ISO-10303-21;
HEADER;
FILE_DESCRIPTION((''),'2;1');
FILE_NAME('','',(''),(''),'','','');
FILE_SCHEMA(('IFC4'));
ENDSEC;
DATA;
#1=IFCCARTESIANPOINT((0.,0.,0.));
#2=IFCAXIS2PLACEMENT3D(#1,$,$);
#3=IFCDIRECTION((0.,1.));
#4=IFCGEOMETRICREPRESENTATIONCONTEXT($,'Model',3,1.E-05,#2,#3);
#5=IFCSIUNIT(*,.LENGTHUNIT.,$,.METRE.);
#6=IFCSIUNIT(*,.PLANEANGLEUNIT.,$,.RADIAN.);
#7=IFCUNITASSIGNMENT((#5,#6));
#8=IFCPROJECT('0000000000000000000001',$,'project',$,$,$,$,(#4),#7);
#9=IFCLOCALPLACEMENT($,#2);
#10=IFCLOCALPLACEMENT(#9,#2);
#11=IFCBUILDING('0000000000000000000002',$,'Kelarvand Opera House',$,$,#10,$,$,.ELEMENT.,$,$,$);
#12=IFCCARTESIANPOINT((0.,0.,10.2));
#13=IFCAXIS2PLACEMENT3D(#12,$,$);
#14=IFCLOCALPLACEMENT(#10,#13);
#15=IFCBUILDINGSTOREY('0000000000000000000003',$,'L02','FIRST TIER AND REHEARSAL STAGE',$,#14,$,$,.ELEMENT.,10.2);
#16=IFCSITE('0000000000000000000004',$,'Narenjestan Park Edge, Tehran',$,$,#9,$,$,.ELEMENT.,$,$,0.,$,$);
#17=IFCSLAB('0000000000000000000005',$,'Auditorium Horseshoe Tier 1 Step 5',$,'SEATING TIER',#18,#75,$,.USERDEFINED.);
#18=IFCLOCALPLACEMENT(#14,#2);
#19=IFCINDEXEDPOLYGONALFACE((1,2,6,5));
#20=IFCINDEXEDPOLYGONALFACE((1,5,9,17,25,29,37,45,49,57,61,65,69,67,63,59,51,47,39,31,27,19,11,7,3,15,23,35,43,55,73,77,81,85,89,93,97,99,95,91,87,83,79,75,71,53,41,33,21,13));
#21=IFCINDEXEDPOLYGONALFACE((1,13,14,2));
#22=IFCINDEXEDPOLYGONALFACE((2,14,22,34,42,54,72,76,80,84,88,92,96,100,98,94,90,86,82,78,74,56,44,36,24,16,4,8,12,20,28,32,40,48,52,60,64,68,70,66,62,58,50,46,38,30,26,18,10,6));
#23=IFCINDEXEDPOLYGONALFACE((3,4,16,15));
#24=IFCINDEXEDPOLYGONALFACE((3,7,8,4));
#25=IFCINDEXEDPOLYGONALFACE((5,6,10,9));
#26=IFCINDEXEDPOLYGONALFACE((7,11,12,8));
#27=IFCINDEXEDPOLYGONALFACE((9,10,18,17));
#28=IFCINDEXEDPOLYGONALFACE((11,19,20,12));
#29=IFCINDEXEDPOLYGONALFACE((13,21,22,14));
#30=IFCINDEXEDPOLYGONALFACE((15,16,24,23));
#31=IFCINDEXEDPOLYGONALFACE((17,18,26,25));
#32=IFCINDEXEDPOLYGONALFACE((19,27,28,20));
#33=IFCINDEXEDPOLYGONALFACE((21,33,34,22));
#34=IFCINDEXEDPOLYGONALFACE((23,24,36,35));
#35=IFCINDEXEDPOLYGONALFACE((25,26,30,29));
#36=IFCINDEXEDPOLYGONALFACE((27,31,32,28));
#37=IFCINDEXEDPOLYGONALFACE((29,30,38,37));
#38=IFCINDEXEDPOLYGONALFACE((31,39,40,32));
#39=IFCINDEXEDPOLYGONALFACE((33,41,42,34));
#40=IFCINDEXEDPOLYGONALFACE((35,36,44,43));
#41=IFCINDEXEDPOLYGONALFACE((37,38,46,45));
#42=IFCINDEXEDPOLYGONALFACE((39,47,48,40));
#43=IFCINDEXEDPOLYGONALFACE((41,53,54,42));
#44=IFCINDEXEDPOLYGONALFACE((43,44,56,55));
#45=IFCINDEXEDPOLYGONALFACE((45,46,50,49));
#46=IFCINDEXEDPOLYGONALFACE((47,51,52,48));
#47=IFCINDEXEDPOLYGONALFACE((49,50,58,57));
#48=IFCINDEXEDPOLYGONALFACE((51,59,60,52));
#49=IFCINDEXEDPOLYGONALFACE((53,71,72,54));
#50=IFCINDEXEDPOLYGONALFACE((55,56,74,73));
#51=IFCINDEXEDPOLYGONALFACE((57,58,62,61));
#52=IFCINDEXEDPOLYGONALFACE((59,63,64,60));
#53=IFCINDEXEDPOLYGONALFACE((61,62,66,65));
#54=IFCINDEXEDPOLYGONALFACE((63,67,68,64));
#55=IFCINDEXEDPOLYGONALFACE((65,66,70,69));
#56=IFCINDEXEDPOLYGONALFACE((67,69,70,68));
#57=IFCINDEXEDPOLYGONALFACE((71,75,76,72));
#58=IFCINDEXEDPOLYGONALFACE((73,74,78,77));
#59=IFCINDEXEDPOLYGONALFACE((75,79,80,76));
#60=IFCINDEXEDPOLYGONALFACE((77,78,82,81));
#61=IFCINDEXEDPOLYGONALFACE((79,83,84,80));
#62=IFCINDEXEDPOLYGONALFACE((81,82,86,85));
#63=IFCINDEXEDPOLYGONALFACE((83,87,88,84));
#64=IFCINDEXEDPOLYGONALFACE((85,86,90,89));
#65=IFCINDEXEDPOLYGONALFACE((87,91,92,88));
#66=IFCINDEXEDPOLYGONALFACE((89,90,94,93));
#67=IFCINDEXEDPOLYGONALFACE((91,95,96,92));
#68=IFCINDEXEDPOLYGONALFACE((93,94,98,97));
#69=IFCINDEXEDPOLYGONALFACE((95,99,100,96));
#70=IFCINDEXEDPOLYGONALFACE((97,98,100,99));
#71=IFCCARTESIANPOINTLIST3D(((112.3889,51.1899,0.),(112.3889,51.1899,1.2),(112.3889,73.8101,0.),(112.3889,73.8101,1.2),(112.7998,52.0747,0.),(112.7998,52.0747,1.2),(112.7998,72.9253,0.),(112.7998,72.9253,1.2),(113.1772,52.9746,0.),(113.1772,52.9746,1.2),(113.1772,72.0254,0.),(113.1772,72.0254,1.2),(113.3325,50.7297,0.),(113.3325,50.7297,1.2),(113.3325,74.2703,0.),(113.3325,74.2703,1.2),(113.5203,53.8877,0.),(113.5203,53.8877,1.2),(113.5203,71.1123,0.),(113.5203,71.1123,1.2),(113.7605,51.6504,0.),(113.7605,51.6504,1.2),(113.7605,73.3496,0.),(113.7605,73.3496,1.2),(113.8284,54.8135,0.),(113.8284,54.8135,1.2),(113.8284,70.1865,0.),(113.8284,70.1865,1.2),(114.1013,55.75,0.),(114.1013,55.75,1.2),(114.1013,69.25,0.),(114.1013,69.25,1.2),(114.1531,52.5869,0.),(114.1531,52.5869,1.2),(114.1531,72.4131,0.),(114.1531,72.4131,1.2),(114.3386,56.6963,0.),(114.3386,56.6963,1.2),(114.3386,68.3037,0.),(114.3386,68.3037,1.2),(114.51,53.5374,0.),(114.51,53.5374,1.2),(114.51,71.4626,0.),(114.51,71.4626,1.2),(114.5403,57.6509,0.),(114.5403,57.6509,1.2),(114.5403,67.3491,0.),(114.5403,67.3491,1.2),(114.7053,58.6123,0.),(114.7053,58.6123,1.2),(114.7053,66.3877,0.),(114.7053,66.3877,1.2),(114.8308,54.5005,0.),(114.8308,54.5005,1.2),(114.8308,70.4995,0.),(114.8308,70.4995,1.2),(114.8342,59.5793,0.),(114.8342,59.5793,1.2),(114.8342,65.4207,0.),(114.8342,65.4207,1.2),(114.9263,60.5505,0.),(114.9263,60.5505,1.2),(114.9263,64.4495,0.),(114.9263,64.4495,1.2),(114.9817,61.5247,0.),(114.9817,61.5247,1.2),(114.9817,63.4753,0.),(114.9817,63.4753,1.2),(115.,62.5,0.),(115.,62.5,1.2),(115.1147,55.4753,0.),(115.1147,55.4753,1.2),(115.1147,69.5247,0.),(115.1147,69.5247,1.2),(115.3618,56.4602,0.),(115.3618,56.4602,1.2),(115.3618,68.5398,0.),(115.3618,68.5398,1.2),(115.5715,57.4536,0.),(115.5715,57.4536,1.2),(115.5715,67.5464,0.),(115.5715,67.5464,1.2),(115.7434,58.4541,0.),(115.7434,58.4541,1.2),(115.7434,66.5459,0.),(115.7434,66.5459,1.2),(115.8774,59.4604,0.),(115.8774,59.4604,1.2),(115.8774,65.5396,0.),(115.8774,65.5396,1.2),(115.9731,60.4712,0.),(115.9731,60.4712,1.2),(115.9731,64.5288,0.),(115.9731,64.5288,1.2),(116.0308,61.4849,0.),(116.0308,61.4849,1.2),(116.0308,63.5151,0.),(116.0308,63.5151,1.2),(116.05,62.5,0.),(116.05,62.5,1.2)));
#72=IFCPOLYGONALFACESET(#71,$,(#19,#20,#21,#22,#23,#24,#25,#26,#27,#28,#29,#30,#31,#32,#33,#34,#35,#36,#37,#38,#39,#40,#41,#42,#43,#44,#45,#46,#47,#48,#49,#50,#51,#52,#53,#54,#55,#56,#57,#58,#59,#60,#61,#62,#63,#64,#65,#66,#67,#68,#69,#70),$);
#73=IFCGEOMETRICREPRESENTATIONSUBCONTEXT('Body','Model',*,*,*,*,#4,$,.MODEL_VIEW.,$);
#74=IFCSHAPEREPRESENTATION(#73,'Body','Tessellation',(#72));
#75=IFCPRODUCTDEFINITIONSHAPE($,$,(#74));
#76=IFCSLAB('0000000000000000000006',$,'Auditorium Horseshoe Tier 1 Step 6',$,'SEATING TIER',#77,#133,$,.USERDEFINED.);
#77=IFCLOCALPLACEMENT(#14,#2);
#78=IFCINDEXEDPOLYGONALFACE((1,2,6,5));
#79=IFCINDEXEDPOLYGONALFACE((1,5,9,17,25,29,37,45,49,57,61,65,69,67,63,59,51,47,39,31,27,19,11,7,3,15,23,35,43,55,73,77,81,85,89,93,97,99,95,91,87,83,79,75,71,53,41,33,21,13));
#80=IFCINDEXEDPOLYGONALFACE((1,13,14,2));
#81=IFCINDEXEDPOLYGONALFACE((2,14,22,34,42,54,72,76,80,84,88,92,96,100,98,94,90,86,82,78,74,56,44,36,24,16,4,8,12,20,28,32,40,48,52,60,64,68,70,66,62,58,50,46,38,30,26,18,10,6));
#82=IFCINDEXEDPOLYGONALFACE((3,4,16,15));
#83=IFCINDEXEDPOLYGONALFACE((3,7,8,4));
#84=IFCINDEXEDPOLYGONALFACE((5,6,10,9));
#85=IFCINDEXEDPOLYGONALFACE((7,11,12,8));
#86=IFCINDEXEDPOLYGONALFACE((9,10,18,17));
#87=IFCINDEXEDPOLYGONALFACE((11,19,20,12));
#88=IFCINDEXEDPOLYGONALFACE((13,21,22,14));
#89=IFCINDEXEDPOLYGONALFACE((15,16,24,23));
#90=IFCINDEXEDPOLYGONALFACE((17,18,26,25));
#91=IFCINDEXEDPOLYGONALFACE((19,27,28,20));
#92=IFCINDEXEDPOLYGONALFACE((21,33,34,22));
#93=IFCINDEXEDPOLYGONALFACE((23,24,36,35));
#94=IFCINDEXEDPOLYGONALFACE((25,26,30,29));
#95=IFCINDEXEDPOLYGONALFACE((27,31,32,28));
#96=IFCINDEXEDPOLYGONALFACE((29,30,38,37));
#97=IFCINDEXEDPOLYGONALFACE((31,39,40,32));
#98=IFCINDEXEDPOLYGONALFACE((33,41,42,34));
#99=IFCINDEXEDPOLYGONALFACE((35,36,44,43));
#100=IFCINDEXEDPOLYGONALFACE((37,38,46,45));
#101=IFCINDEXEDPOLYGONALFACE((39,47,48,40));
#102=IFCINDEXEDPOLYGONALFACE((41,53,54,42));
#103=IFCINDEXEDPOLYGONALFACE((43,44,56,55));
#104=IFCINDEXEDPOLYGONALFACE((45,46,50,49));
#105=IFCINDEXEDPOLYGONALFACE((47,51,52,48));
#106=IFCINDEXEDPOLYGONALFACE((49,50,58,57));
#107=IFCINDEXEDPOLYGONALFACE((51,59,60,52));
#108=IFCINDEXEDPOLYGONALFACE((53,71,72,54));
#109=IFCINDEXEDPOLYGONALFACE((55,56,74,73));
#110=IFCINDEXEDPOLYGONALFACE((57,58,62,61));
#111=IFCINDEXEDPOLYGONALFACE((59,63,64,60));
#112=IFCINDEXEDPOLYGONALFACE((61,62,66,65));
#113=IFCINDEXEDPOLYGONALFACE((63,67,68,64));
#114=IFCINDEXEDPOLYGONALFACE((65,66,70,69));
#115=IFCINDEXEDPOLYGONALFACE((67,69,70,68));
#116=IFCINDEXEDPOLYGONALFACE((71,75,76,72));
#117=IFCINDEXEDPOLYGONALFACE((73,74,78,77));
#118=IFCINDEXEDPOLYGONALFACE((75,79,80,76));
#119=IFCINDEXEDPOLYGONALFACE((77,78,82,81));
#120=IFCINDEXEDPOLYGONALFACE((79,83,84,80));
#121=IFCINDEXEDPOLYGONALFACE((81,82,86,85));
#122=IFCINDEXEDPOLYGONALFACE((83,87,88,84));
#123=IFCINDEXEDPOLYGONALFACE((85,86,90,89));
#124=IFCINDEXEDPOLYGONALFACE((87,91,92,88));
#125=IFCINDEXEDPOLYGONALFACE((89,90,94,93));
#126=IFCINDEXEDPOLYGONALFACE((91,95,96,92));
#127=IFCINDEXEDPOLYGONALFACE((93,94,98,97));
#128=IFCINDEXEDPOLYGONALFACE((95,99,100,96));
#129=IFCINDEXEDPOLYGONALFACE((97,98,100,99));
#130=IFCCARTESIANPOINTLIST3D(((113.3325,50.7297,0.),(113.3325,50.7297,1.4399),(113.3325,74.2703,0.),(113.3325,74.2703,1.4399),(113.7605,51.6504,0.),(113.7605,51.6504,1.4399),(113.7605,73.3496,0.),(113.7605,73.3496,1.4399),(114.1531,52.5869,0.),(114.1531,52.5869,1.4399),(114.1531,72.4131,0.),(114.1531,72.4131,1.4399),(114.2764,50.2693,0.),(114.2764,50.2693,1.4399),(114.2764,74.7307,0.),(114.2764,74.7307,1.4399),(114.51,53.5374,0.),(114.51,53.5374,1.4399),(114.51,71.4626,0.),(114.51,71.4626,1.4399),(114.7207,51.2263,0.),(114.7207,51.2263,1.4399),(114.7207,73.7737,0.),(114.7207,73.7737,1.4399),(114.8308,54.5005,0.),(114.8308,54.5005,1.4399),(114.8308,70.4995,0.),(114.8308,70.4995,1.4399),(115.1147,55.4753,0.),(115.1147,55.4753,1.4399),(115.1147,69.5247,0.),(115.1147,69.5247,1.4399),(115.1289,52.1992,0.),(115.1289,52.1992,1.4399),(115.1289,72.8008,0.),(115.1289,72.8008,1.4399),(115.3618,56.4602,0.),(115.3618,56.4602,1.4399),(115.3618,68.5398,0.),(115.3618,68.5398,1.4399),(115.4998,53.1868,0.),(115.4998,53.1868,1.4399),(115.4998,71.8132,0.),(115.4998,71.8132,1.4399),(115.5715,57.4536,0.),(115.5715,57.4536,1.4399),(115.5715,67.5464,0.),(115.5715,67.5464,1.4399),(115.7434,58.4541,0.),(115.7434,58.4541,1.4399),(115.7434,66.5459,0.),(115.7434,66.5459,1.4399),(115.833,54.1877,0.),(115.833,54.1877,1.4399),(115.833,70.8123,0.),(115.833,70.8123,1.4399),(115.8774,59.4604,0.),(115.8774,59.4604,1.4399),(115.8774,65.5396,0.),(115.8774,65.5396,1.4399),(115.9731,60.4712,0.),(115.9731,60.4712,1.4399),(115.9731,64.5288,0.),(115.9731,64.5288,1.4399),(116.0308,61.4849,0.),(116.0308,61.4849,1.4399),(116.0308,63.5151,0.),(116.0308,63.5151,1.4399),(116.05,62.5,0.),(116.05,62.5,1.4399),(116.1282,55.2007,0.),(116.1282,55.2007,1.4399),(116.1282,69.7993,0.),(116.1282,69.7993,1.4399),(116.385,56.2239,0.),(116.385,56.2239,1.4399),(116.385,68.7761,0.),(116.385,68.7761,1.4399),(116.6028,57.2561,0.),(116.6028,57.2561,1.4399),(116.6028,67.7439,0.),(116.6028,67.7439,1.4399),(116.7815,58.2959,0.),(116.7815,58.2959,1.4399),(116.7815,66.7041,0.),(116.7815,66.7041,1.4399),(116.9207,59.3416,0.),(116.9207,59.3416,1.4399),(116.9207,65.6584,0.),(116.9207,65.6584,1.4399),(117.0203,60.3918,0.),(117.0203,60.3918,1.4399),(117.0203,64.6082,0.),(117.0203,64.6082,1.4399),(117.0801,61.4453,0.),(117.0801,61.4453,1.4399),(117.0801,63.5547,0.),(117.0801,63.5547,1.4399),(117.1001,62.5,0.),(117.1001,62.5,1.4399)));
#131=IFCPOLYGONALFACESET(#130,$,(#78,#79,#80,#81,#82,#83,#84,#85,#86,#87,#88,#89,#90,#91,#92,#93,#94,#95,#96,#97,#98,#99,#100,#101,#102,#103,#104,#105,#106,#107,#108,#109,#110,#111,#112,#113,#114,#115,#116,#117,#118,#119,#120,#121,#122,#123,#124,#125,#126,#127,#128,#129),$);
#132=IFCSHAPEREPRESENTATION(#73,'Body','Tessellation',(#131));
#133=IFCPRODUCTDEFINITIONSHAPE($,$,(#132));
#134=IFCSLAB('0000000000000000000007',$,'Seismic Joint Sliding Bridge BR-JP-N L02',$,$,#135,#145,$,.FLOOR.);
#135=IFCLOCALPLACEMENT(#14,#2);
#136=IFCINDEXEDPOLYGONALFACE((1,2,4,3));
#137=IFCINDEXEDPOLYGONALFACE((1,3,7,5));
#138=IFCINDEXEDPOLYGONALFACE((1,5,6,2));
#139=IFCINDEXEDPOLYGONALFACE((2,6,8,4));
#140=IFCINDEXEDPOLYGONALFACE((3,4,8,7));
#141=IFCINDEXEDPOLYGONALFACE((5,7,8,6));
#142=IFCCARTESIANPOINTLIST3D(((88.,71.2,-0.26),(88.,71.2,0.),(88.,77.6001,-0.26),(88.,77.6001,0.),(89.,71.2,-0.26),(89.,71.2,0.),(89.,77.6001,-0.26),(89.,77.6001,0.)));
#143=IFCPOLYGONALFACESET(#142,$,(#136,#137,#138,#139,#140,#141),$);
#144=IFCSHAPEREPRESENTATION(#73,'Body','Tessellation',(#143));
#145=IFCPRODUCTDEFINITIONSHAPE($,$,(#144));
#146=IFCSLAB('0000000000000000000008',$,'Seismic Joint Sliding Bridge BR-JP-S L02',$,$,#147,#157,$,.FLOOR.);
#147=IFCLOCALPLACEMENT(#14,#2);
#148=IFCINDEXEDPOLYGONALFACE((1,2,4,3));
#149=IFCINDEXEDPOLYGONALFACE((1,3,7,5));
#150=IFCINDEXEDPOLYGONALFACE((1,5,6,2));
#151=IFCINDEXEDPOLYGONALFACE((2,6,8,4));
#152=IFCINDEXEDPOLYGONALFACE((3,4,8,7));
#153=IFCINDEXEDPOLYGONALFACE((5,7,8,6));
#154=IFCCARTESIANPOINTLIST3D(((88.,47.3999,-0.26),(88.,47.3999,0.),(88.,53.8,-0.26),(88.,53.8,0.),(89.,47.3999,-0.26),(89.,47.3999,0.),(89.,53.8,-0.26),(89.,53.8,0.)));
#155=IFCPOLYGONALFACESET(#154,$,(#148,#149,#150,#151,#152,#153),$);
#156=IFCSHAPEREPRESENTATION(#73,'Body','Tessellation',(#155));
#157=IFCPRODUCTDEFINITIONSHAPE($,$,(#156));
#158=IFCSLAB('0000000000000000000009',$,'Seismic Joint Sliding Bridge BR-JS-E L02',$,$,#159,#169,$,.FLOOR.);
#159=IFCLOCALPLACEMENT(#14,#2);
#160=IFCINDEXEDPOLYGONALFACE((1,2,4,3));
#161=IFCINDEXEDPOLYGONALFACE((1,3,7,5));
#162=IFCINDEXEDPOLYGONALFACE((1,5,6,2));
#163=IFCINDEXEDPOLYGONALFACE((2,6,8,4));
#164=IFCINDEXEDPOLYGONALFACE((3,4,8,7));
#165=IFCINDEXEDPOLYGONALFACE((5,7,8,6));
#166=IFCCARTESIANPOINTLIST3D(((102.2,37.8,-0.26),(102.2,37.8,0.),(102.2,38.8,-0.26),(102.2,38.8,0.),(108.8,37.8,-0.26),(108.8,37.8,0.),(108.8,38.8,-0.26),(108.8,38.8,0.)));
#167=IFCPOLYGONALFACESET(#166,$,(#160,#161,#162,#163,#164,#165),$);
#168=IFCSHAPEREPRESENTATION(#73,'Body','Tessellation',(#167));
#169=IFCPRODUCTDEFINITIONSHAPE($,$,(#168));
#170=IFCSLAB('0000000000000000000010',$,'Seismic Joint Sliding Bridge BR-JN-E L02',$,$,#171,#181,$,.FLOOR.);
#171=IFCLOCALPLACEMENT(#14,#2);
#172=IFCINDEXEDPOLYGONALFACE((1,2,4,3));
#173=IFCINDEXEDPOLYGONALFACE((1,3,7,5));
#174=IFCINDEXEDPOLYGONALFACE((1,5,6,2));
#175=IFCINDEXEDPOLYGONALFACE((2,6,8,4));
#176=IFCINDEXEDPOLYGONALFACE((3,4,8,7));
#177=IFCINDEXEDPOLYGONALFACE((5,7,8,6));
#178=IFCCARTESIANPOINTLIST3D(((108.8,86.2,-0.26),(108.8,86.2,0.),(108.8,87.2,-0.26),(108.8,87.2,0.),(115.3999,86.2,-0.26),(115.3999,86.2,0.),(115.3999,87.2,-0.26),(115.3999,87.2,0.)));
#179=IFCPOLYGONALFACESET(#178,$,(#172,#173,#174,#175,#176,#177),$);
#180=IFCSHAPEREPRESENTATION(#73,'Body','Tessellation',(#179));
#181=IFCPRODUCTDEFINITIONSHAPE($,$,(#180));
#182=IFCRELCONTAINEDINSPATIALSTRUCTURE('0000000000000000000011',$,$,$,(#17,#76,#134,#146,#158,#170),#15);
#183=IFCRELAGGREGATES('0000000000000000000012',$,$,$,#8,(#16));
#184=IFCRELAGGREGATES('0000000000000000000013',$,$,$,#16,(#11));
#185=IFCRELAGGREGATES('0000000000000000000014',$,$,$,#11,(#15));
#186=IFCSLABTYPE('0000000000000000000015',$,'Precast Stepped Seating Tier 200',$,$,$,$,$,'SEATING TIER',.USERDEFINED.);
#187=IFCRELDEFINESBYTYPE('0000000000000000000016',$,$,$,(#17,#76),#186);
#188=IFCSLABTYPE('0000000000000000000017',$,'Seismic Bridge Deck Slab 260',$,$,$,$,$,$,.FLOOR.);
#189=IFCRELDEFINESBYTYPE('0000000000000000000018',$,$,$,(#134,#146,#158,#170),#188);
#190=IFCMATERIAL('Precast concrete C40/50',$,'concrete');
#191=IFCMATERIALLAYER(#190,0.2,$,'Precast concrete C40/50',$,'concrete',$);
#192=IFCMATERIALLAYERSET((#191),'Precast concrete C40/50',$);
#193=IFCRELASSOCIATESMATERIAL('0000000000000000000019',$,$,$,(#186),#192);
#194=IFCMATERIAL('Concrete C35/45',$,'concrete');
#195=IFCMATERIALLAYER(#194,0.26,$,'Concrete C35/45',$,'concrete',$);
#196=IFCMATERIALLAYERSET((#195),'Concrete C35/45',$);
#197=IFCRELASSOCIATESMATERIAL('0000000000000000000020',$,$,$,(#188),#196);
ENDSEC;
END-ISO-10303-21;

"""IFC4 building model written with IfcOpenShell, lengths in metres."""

from ifc_helpers import new_model, si_unit, direction, frame, origin, place, context, subcontext, project, spatial, polyline, outline, extrude, material, layer, layer_set, type_object, element, save


model = new_model("IFC4")

# Units and contexts
model_context = context("Model", 3, precision=1e-05, world=origin(), true_north=direction((0.0, 1.0)))
body_context = subcontext(model_context, "Body", "Model", "MODEL_VIEW")
ifc_project = project(units=[si_unit("LENGTHUNIT", "METRE"), si_unit("PLANEANGLEUNIT", "RADIAN")], contexts=[model_context])

# Site, building, storey
site_placement = place(None, origin())
site = spatial("IfcSite", under=ifc_project, at=site_placement, Name="Narenjestan Park Edge, Tehran", CompositionType="ELEMENT", RefElevation=0.0)
building_placement = place(site_placement, origin())
building = spatial("IfcBuilding", under=site, at=building_placement, Name="Kelarvand Opera House", CompositionType="ELEMENT")
storey_placement = place(building_placement, frame((0.0, 0.0, 10.2)))
storey = spatial("IfcBuildingStorey", under=building, at=storey_placement, Name="L02", Description="FIRST TIER AND REHEARSAL STAGE", CompositionType="ELEMENT", Elevation=10.2)

# Shared definitions
ifc_material_1 = material(Name="Concrete C35/45", Category="concrete")

# Slabs
ifc_material_2 = material(Name="Precast concrete C40/50", Category="concrete")
ifc_layer_1 = layer(ifc_material_2, 0.2, Name="Precast concrete C40/50", Category="concrete")
ifc_layer_set_1 = layer_set([ifc_layer_1], Name="Precast concrete C40/50")
slab_type_1 = type_object("IfcSlabType", Name="Precast Stepped Seating Tier 200", ElementType="SEATING TIER", PredefinedType="USERDEFINED", material=ifc_layer_set_1)
slab_1_placement = place(storey_placement, origin())
element("IfcSlab", 1, at=slab_1_placement, inside=storey, type_object=slab_type_1, Name="Auditorium Horseshoe Tier 1 Step 5", ObjectType="SEATING TIER", PredefinedType="USERDEFINED", context=body_context, shape_type="SweptSolid", body=[
    extrude(outline(polyline([(112.3889, 51.1899), (112.7998, 52.0747), (113.1772, 52.9746), (113.5203, 53.8877), (113.8284, 54.8135), (114.1013, 55.75), (114.3386, 56.6963), (114.5403, 57.6509), (114.7053, 58.6123), (114.8342, 59.5793), (114.9263, 60.5505), (114.9817, 61.5247), (115.0, 62.5), (114.9817, 63.4753), (114.9263, 64.4495), (114.8342, 65.4207), (114.7053, 66.3877), (114.5403, 67.3491), (114.3386, 68.3037), (114.1013, 69.25), (113.8284, 70.1865), (113.5203, 71.1123), (113.1772, 72.0254), (112.7998, 72.9253), (112.3889, 73.8101), (113.3325, 74.2703), (113.7605, 73.3496), (114.1531, 72.4131), (114.51, 71.4626), (114.8308, 70.4995), (115.1147, 69.5247), (115.3618, 68.5398), (115.5715, 67.5464), (115.7434, 66.5459), (115.8774, 65.5396), (115.9731, 64.5288), (116.0308, 63.5151), (116.05, 62.5), (116.0308, 61.4849), (115.9731, 60.4712), (115.8774, 59.4604), (115.7434, 58.4541), (115.5715, 57.4536), (115.3618, 56.4602), (115.1147, 55.4753), (114.8308, 54.5005), (114.51, 53.5374), (114.1531, 52.5869), (113.7605, 51.6504), (113.3325, 50.7297), (112.3889, 51.1899)])), origin(), (0.0, 0.0, 1.0), 1.2),
])
slab_2_placement = place(storey_placement, origin())
element("IfcSlab", 2, at=slab_2_placement, inside=storey, type_object=slab_type_1, Name="Auditorium Horseshoe Tier 1 Step 6", ObjectType="SEATING TIER", PredefinedType="USERDEFINED", context=body_context, shape_type="SweptSolid", body=[
    extrude(outline(polyline([(113.3325, 50.7297), (113.7605, 51.6504), (114.1531, 52.5869), (114.51, 53.5374), (114.8308, 54.5005), (115.1147, 55.4753), (115.3618, 56.4602), (115.5715, 57.4536), (115.7434, 58.4541), (115.8774, 59.4604), (115.9731, 60.4712), (116.0308, 61.4849), (116.05, 62.5), (116.0308, 63.5151), (115.9731, 64.5288), (115.8774, 65.5396), (115.7434, 66.5459), (115.5715, 67.5464), (115.3618, 68.5398), (115.1147, 69.5247), (114.8308, 70.4995), (114.51, 71.4626), (114.1531, 72.4131), (113.7605, 73.3496), (113.3325, 74.2703), (114.2764, 74.7307), (114.7207, 73.7737), (115.1289, 72.8008), (115.4998, 71.8132), (115.833, 70.8123), (116.1282, 69.7993), (116.385, 68.7761), (116.6028, 67.7439), (116.7815, 66.7041), (116.9207, 65.6584), (117.0203, 64.6082), (117.0801, 63.5547), (117.1001, 62.5), (117.0801, 61.4453), (117.0203, 60.3918), (116.9207, 59.3416), (116.7815, 58.2959), (116.6028, 57.2561), (116.385, 56.2239), (116.1282, 55.2007), (115.833, 54.1877), (115.4998, 53.1868), (115.1289, 52.1992), (114.7207, 51.2263), (114.2764, 50.2693), (113.3325, 50.7297)])), origin(), (0.0, 0.0, 1.0), 1.4399),
])
ifc_layer_2 = layer(ifc_material_1, 0.26, Name="Concrete C35/45", Category="concrete")
ifc_layer_set_2 = layer_set([ifc_layer_2], Name="Concrete C35/45")
slab_type_2 = type_object("IfcSlabType", Name="Seismic Bridge Deck Slab 260", PredefinedType="FLOOR", material=ifc_layer_set_2)
slab_3_placement = place(storey_placement, frame((0.0, 0.0, -0.26)))
element("IfcSlab", 3, at=slab_3_placement, inside=storey, type_object=slab_type_2, Name="Seismic Joint Sliding Bridge BR-JP-N L02", PredefinedType="FLOOR", context=body_context, shape_type="SweptSolid", body=[
    extrude(outline(polyline([(88.0, 71.2), (89.0, 71.2), (89.0, 77.6001), (88.0, 77.6001), (88.0, 71.2)])), origin(), (0.0, 0.0, 1.0), 0.26),
])
slab_4_placement = place(storey_placement, frame((0.0, 0.0, -0.26)))
element("IfcSlab", 4, at=slab_4_placement, inside=storey, type_object=slab_type_2, Name="Seismic Joint Sliding Bridge BR-JP-S L02", PredefinedType="FLOOR", context=body_context, shape_type="SweptSolid", body=[
    extrude(outline(polyline([(88.0, 47.3999), (89.0, 47.3999), (89.0, 53.8), (88.0, 53.8), (88.0, 47.3999)])), origin(), (0.0, 0.0, 1.0), 0.26),
])
slab_5_placement = place(storey_placement, frame((0.0, 0.0, -0.26)))
element("IfcSlab", 5, at=slab_5_placement, inside=storey, type_object=slab_type_2, Name="Seismic Joint Sliding Bridge BR-JS-E L02", PredefinedType="FLOOR", context=body_context, shape_type="SweptSolid", body=[
    extrude(outline(polyline([(102.2, 37.8), (108.8, 37.8), (108.8, 38.8), (102.2, 38.8), (102.2, 37.8)])), origin(), (0.0, 0.0, 1.0), 0.26),
])
slab_6_placement = place(storey_placement, frame((0.0, 0.0, -0.26)))
element("IfcSlab", 6, at=slab_6_placement, inside=storey, type_object=slab_type_2, Name="Seismic Joint Sliding Bridge BR-JN-E L02", PredefinedType="FLOOR", context=body_context, shape_type="SweptSolid", body=[
    extrude(outline(polyline([(108.8, 86.2), (115.3999, 86.2), (115.3999, 87.2), (108.8, 87.2), (108.8, 86.2)])), origin(), (0.0, 0.0, 1.0), 0.26),
])

save(model, "model.ifc")
